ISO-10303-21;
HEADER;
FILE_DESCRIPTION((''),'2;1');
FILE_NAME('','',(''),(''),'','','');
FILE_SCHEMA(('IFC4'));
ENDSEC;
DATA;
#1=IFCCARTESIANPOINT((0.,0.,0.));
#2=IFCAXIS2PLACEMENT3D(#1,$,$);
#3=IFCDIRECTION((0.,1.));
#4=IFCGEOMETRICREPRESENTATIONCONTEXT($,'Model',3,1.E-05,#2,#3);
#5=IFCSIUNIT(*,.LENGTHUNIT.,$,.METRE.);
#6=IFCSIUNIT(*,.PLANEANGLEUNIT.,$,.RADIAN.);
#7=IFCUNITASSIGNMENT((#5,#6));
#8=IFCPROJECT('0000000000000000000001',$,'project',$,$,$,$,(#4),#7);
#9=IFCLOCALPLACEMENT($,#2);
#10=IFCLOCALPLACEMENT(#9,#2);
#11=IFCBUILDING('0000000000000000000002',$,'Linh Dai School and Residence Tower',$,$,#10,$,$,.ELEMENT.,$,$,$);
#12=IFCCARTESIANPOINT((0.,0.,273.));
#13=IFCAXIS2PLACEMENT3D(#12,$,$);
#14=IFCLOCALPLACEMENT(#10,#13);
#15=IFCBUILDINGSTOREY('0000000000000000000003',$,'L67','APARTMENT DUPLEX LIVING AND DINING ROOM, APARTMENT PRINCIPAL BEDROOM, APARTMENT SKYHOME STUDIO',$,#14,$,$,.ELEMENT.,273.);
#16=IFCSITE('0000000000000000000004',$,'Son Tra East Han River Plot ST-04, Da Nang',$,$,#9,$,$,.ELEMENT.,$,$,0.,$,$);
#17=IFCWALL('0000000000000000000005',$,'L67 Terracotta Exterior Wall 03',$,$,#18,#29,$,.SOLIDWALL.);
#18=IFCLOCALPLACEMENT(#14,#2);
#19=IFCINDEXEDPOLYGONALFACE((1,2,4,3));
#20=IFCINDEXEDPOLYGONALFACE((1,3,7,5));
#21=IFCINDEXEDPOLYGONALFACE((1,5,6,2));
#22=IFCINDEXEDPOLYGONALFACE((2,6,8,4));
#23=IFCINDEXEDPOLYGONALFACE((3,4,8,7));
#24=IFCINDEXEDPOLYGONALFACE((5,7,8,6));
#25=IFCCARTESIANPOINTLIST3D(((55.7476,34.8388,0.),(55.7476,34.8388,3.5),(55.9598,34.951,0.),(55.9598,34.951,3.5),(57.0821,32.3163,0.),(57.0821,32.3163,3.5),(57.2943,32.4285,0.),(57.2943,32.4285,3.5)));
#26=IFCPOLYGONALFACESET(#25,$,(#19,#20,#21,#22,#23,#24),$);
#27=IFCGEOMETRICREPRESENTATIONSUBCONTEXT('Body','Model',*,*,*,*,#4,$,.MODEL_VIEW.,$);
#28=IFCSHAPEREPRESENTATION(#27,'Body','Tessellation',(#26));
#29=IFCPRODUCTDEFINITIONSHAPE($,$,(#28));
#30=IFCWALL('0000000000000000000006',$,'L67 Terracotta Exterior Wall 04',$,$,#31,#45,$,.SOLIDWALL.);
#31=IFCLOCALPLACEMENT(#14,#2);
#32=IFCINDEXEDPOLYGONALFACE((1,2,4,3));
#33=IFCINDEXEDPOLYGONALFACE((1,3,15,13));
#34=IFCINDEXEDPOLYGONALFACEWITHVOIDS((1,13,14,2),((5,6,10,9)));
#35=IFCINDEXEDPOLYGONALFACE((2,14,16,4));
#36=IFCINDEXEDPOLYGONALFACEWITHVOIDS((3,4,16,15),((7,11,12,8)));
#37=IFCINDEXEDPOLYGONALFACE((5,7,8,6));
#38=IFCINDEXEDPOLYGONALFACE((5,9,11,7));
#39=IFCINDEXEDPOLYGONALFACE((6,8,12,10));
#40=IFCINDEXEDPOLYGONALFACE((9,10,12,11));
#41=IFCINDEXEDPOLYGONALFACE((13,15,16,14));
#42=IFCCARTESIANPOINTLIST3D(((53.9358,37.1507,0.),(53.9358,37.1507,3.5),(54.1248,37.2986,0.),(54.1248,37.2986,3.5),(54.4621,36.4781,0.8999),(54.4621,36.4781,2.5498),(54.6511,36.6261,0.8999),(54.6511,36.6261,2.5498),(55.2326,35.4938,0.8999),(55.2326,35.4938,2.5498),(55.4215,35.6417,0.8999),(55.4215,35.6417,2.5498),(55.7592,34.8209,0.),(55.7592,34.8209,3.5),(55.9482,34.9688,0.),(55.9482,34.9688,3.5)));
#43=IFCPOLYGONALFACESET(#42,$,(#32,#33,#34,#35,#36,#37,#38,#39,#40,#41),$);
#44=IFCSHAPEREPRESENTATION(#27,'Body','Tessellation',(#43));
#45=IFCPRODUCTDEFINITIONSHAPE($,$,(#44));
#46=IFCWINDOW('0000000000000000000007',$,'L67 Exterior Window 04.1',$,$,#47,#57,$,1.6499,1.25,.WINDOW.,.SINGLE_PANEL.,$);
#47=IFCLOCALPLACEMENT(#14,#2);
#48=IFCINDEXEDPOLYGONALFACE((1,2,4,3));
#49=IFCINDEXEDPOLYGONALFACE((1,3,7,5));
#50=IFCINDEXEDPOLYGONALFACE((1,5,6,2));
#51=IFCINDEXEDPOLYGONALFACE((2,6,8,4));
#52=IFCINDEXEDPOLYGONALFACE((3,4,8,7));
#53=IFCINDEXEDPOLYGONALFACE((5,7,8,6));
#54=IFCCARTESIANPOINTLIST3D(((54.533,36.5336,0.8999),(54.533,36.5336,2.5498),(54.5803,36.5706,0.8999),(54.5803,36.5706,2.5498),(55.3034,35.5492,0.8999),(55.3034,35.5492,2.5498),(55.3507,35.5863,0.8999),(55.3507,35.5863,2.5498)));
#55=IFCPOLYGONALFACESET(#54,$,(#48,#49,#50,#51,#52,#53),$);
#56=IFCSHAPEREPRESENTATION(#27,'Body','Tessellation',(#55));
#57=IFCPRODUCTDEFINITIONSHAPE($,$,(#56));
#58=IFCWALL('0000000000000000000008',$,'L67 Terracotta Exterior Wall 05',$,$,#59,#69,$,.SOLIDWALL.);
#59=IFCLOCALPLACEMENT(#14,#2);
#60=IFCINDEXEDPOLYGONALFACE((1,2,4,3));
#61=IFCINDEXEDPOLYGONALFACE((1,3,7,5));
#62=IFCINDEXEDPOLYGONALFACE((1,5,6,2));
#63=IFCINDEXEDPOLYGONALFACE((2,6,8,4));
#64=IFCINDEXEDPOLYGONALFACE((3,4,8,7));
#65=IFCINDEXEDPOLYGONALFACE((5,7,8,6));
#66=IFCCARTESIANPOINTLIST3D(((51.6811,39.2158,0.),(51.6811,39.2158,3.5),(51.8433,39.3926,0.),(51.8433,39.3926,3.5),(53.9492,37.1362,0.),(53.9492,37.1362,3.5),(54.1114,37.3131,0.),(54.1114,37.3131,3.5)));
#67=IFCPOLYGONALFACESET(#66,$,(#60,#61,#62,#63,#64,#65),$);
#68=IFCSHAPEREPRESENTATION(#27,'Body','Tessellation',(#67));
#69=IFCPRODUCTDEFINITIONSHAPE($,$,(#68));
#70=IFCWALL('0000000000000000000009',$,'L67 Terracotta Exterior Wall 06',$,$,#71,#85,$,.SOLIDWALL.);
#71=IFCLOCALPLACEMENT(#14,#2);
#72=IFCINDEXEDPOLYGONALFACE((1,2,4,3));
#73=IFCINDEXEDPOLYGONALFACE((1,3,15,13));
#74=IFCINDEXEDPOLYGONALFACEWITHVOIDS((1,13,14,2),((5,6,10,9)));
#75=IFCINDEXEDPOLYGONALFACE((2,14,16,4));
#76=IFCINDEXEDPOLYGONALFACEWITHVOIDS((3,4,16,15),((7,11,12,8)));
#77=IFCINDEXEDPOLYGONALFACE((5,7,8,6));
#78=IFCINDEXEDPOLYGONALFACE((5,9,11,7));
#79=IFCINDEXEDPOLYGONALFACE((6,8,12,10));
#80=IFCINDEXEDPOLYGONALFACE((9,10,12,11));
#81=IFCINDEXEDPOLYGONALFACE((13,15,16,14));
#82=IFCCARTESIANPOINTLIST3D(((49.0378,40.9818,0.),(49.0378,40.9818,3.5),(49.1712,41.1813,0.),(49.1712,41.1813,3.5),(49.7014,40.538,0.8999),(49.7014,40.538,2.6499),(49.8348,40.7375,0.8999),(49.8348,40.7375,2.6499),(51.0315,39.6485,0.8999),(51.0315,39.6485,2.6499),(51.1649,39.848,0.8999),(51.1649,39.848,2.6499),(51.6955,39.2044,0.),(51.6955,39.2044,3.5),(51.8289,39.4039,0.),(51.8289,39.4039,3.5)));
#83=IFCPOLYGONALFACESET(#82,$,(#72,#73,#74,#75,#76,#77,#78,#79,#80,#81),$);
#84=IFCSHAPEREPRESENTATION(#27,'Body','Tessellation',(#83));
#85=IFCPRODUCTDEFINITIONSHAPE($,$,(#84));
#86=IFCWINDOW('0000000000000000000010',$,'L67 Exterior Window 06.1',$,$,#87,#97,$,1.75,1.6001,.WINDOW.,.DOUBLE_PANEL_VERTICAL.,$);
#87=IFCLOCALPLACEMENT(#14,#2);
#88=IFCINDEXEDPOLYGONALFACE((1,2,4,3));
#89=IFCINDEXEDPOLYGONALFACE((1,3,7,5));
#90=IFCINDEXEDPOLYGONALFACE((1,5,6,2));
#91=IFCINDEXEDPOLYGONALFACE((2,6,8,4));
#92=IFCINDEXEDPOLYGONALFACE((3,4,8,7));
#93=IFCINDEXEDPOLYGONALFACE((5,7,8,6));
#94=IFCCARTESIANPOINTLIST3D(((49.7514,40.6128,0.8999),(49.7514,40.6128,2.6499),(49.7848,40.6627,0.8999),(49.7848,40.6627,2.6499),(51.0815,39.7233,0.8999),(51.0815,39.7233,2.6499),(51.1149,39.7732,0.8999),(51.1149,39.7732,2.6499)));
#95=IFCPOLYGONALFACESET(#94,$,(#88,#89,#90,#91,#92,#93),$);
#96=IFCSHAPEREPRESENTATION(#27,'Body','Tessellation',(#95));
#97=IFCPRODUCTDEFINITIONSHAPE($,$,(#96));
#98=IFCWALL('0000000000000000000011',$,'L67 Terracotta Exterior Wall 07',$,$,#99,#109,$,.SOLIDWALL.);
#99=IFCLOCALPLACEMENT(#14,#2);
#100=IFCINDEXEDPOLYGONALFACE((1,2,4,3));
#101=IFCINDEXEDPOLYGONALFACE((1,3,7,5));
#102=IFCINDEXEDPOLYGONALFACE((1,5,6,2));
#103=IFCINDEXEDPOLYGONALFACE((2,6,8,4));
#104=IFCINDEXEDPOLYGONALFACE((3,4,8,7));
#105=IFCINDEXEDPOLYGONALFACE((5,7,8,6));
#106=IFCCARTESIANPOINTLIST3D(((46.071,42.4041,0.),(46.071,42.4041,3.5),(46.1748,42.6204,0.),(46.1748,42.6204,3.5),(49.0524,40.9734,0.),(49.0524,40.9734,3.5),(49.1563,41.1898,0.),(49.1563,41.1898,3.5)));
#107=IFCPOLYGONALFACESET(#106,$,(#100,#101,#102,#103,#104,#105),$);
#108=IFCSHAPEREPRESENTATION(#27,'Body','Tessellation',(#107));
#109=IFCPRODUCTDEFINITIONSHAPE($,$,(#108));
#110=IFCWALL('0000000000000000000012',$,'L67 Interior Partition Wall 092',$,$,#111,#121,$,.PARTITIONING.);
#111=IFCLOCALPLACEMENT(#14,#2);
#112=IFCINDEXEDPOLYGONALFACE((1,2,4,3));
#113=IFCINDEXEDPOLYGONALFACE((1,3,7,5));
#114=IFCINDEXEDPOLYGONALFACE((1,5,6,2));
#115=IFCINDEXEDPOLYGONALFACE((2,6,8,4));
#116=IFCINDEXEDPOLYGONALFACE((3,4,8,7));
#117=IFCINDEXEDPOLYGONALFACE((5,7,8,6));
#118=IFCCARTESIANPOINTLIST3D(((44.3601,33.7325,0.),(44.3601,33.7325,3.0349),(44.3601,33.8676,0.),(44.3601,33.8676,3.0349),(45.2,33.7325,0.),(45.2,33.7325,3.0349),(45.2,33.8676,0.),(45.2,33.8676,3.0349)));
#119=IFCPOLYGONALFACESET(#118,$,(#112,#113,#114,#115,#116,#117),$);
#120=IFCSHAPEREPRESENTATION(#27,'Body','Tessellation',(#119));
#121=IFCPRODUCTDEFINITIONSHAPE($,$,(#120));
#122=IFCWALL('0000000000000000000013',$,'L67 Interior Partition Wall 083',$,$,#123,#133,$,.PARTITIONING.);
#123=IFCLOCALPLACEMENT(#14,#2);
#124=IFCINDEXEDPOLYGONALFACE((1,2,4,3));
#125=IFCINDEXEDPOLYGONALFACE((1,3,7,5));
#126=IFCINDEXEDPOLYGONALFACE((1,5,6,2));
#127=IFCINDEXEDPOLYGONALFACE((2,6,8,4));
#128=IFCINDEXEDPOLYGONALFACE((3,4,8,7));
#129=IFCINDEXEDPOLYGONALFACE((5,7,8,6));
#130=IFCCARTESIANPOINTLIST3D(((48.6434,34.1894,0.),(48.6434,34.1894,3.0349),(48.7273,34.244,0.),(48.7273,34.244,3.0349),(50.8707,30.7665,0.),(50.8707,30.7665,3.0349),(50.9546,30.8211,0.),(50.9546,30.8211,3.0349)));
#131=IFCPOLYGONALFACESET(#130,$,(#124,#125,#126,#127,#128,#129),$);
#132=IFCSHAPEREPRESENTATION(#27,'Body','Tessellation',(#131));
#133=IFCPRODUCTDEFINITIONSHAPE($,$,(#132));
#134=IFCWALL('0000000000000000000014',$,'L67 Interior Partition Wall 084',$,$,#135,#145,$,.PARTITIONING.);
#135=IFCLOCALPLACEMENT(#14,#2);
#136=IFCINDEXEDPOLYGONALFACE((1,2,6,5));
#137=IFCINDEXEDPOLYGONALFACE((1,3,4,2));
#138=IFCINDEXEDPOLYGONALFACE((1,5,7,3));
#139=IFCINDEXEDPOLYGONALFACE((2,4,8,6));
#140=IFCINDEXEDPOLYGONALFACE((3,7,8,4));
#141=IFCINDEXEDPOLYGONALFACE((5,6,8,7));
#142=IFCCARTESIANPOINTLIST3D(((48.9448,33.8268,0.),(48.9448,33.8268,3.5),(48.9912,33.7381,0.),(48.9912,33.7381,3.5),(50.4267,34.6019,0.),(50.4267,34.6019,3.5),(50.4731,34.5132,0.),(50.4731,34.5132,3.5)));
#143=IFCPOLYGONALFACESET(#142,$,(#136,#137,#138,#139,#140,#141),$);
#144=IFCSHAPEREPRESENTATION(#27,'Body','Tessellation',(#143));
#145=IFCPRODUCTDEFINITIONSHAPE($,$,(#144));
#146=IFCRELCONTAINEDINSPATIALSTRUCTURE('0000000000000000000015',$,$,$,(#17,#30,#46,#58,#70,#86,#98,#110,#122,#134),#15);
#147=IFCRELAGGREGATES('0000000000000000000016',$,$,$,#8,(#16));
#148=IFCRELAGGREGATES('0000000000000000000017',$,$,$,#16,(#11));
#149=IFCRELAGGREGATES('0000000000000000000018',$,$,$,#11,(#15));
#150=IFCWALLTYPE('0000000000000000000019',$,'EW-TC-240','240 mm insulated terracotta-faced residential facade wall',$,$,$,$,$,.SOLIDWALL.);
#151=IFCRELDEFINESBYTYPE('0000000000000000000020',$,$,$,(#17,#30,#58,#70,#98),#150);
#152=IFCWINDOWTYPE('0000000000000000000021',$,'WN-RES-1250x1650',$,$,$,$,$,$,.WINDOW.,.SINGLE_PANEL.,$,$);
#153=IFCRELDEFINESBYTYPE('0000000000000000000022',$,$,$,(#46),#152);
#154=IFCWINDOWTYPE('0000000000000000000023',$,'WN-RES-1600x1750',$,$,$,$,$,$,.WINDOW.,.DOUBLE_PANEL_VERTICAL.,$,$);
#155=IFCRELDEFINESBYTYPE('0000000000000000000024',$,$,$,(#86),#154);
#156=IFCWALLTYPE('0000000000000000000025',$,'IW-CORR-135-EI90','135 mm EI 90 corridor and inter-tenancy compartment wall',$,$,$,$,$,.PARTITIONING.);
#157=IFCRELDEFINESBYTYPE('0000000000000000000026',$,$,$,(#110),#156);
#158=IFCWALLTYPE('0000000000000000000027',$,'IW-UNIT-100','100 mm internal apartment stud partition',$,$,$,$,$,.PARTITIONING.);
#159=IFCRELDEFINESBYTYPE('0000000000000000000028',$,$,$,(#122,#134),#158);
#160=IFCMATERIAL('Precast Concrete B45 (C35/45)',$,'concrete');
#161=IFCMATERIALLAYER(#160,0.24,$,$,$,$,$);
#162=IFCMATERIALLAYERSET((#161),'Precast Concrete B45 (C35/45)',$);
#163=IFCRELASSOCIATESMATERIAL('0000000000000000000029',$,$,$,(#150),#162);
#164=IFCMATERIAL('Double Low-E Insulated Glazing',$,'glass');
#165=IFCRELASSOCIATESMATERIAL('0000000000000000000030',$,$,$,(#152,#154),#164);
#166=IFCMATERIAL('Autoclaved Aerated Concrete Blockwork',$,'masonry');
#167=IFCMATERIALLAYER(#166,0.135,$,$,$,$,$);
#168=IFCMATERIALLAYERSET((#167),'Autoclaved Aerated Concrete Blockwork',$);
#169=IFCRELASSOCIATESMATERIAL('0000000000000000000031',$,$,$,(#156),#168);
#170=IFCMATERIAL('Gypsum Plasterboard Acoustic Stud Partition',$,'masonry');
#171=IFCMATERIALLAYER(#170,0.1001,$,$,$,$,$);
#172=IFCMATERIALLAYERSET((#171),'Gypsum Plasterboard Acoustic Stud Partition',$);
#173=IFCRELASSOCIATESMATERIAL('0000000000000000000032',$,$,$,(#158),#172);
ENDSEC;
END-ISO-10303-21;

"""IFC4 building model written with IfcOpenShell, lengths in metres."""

from ifc_helpers import new_model, si_unit, direction, frame, frame_2d, origin, origin_2d, place, context, subcontext, project, spatial, rectangle, extrude, source, transform, mapped, material, layer, layer_set, type_object, element, fill, save


model = new_model("IFC4")

# Units and contexts
model_context = context("Model", 3, precision=1e-05, world=origin(), true_north=direction((0.0, 1.0)))
body_context = subcontext(model_context, "Body", "Model", "MODEL_VIEW")
ifc_project = project(units=[si_unit("LENGTHUNIT", "METRE"), si_unit("PLANEANGLEUNIT", "RADIAN")], contexts=[model_context])

# Site, building, storey
site_placement = place(None, origin())
site = spatial("IfcSite", under=ifc_project, at=site_placement, Name="Son Tra East Han River Plot ST-04, Da Nang", CompositionType="ELEMENT", RefElevation=0.0)
building_placement = place(site_placement, origin())
building = spatial("IfcBuilding", under=site, at=building_placement, Name="Linh Dai School and Residence Tower", CompositionType="ELEMENT")
storey_placement = place(building_placement, frame((0.0, 0.0, 273.0)))
storey = spatial("IfcBuildingStorey", under=building, at=storey_placement, Name="L67", Description="APARTMENT DUPLEX LIVING AND DINING ROOM, APARTMENT PRINCIPAL BEDROOM, APARTMENT SKYHOME STUDIO", CompositionType="ELEMENT", Elevation=273.0)

# Shared definitions
ifc_material_1 = material(Name="Precast Concrete B45 (C35/45)", Category="concrete")

# Shared definitions
ifc_material_2 = material(Name="Double Low-E Insulated Glazing", Category="glass")

# Wall
ifc_layer_1 = layer(ifc_material_1, 0.24)
ifc_layer_set_1 = layer_set([ifc_layer_1], Name="Precast Concrete B45 (C35/45)")
wall_type_1 = type_object("IfcWallType", Name="EW-TC-240", Description="240 mm insulated terracotta-faced residential facade wall", PredefinedType="SOLIDWALL", material=ifc_layer_set_1)
wall_1_placement = place(storey_placement, frame((55.8538, 34.8948, 0.0), z_axis=(0.0, 0.0, 1.0), x_axis=(0.467628, -0.883925, 0.0)))
element("IfcWall", 1, at=wall_1_placement, inside=storey, type_object=wall_type_1, Name="L67 Terracotta Exterior Wall 03", PredefinedType="SOLIDWALL", context=body_context, shape_type="SweptSolid", body=[
    extrude(rectangle(XDim=2.8538, YDim=0.24, at=frame_2d((1.4268, 0.0))), origin(), (0.0, 0.0, 1.0), 3.5),
])

# Wall, opening, window
wall_2_placement = place(storey_placement, frame((54.0303, 37.2246, 0.0), z_axis=(0.0, 0.0, 1.0), x_axis=(0.616337, -0.787482, 0.0)))
wall_2 = element("IfcWall", 2, at=wall_2_placement, inside=storey, type_object=wall_type_1, Name="L67 Terracotta Exterior Wall 04", PredefinedType="SOLIDWALL", context=body_context, shape_type="SweptSolid", body=[
    extrude(rectangle(XDim=2.9585, YDim=0.24, at=frame_2d((1.4792, 0.0))), origin(), (0.0, 0.0, 1.0), 3.5),
])
opening_1_placement = place(wall_2_placement, frame((0.854, 0.0, 0.8999)))
opening_1 = element("IfcOpeningElement", 3, at=opening_1_placement, cuts=wall_2, PredefinedType="OPENING", context=body_context, shape_type="SweptSolid", body=[
    extrude(rectangle(XDim=1.25, YDim=1.6499, at=origin_2d()), frame((0.625, 0.1299, 0.825), z_axis=(0.0, -1.0, 0.0), x_axis=(1.0, 0.0, 0.0)), (0.0, 0.0, 1.0), 0.26),
])
window_type_1 = type_object("IfcWindowType", Name="WN-RES-1250x1650", PartitioningType="SINGLE_PANEL", PredefinedType="WINDOW", material=ifc_material_2)
shared_shape_1 = source(origin(), body_context, "Body", "SweptSolid", [
    extrude(rectangle(XDim=1.25, YDim=1.6499, at=origin_2d()), frame((0.625, 0.03, 0.825), z_axis=(0.0, -1.0, 0.0), x_axis=(1.0, 0.0, 0.0)), (0.0, 0.0, 1.0), 0.0601),
])
window_1_placement = place(opening_1_placement, origin())
window_1 = element("IfcWindow", 4, at=window_1_placement, inside=storey, type_object=window_type_1, Name="L67 Exterior Window 04.1", OverallHeight=1.6499, OverallWidth=1.25, PartitioningType="SINGLE_PANEL", PredefinedType="WINDOW", context=body_context, shape_type="MappedRepresentation", body=[
    mapped(shared_shape_1, transform((0.0, 0.0, 0.0), x_axis=(1.0, 0.0, 0.0), y_axis=(0.0, 1.0, 0.0), z_axis=(0.0, 0.0, 1.0), scale=1.0)),
])
fill(opening_1, window_1)

# Wall
wall_3_placement = place(storey_placement, frame((51.7622, 39.3042, 0.0), z_axis=(0.0, 0.0, 1.0), x_axis=(0.737069, -0.675818, 0.0)))
element("IfcWall", 5, at=wall_3_placement, inside=storey, type_object=wall_type_1, Name="L67 Terracotta Exterior Wall 05", PredefinedType="SOLIDWALL", context=body_context, shape_type="SweptSolid", body=[
    extrude(rectangle(XDim=3.0771, YDim=0.24, at=frame_2d((1.5386, 0.0))), origin(), (0.0, 0.0, 1.0), 3.5),
])

# Wall, opening, window
wall_4_placement = place(storey_placement, frame((49.1045, 41.0815, 0.0), z_axis=(0.0, 0.0, 1.0), x_axis=(0.831251, -0.555898, 0.0)))
wall_4 = element("IfcWall", 6, at=wall_4_placement, inside=storey, type_object=wall_type_1, Name="L67 Terracotta Exterior Wall 06", PredefinedType="SOLIDWALL", context=body_context, shape_type="SweptSolid", body=[
    extrude(rectangle(XDim=3.1973, YDim=0.24, at=frame_2d((1.5986, 0.0))), origin(), (0.0, 0.0, 1.0), 3.5),
])
opening_2_placement = place(wall_4_placement, frame((0.7983, 0.0, 0.8999)))
opening_2 = element("IfcOpeningElement", 7, at=opening_2_placement, cuts=wall_4, PredefinedType="OPENING", context=body_context, shape_type="SweptSolid", body=[
    extrude(rectangle(XDim=1.6001, YDim=1.75, at=origin_2d()), frame((0.8, 0.1299, 0.875), z_axis=(0.0, -1.0, 0.0), x_axis=(1.0, 0.0, 0.0)), (0.0, 0.0, 1.0), 0.26),
])
window_type_2 = type_object("IfcWindowType", Name="WN-RES-1600x1750", PartitioningType="DOUBLE_PANEL_VERTICAL", PredefinedType="WINDOW", material=ifc_material_2)
shared_shape_2 = source(origin(), body_context, "Body", "SweptSolid", [
    extrude(rectangle(XDim=1.6001, YDim=1.75, at=origin_2d()), frame((0.8, 0.03, 0.875), z_axis=(0.0, -1.0, 0.0), x_axis=(1.0, 0.0, 0.0)), (0.0, 0.0, 1.0), 0.0601),
])
window_2_placement = place(opening_2_placement, origin())
window_2 = element("IfcWindow", 8, at=window_2_placement, inside=storey, type_object=window_type_2, Name="L67 Exterior Window 06.1", OverallHeight=1.75, OverallWidth=1.6001, PartitioningType="DOUBLE_PANEL_VERTICAL", PredefinedType="WINDOW", context=body_context, shape_type="MappedRepresentation", body=[
    mapped(shared_shape_2, transform((0.0, 0.0, 0.0), x_axis=(1.0, 0.0, 0.0), y_axis=(0.0, 1.0, 0.0), z_axis=(0.0, 0.0, 1.0), scale=1.0)),
])
fill(opening_2, window_2)

# Walls
wall_5_placement = place(storey_placement, frame((46.123, 42.5122, 0.0), z_axis=(0.0, 0.0, 1.0), x_axis=(0.901574, -0.432625, 0.0)))
element("IfcWall", 9, at=wall_5_placement, inside=storey, type_object=wall_type_1, Name="L67 Terracotta Exterior Wall 07", PredefinedType="SOLIDWALL", context=body_context, shape_type="SweptSolid", body=[
    extrude(rectangle(XDim=3.3069, YDim=0.24, at=frame_2d((1.6533, 0.0))), origin(), (0.0, 0.0, 1.0), 3.5),
])
ifc_material_3 = material(Name="Autoclaved Aerated Concrete Blockwork", Category="masonry")
ifc_layer_2 = layer(ifc_material_3, 0.135)
ifc_layer_set_2 = layer_set([ifc_layer_2], Name="Autoclaved Aerated Concrete Blockwork")
wall_type_2 = type_object("IfcWallType", Name="IW-CORR-135-EI90", Description="135 mm EI 90 corridor and inter-tenancy compartment wall", PredefinedType="PARTITIONING", material=ifc_layer_set_2)
wall_6_placement = place(storey_placement, frame((45.2, 33.8, 0.0), z_axis=(0.0, 0.0, 1.0), x_axis=(-1.0, 0.0, 0.0)))
element("IfcWall", 10, at=wall_6_placement, inside=storey, type_object=wall_type_2, Name="L67 Interior Partition Wall 092", PredefinedType="PARTITIONING", context=body_context, shape_type="SweptSolid", body=[
    extrude(rectangle(XDim=0.8398, YDim=0.135, at=frame_2d((0.4199, 0.0))), origin(), (0.0, 0.0, 1.0), 3.0349),
])
ifc_material_4 = material(Name="Gypsum Plasterboard Acoustic Stud Partition", Category="masonry")
ifc_layer_3 = layer(ifc_material_4, 0.1001)
ifc_layer_set_3 = layer_set([ifc_layer_3], Name="Gypsum Plasterboard Acoustic Stud Partition")
wall_type_3 = type_object("IfcWallType", Name="IW-UNIT-100", Description="100 mm internal apartment stud partition", PredefinedType="PARTITIONING", material=ifc_layer_set_3)
wall_7_placement = place(storey_placement, frame((48.6853, 34.2168, 0.0), z_axis=(0.0, 0.0, 1.0), x_axis=(0.545409, -0.83817, 0.0)))
element("IfcWall", 11, at=wall_7_placement, inside=storey, type_object=wall_type_3, Name="L67 Interior Partition Wall 083", PredefinedType="PARTITIONING", context=body_context, shape_type="SweptSolid", body=[
    extrude(rectangle(XDim=4.0837, YDim=0.1001, at=frame_2d((2.042, 0.0))), origin(), (0.0, 0.0, 1.0), 3.0349),
])
wall_8_placement = place(storey_placement, frame((48.968, 33.7825, 0.0), z_axis=(0.0, 0.0, 1.0), x_axis=(0.886103, 0.463489, 0.0)))
element("IfcWall", 12, at=wall_8_placement, inside=storey, type_object=wall_type_3, Name="L67 Interior Partition Wall 084", PredefinedType="PARTITIONING", context=body_context, shape_type="SweptSolid", body=[
    extrude(rectangle(XDim=1.6724, YDim=0.1001, at=frame_2d((0.8362, 0.0))), origin(), (0.0, 0.0, 1.0), 3.5),
])

save(model, "model.ifc")
